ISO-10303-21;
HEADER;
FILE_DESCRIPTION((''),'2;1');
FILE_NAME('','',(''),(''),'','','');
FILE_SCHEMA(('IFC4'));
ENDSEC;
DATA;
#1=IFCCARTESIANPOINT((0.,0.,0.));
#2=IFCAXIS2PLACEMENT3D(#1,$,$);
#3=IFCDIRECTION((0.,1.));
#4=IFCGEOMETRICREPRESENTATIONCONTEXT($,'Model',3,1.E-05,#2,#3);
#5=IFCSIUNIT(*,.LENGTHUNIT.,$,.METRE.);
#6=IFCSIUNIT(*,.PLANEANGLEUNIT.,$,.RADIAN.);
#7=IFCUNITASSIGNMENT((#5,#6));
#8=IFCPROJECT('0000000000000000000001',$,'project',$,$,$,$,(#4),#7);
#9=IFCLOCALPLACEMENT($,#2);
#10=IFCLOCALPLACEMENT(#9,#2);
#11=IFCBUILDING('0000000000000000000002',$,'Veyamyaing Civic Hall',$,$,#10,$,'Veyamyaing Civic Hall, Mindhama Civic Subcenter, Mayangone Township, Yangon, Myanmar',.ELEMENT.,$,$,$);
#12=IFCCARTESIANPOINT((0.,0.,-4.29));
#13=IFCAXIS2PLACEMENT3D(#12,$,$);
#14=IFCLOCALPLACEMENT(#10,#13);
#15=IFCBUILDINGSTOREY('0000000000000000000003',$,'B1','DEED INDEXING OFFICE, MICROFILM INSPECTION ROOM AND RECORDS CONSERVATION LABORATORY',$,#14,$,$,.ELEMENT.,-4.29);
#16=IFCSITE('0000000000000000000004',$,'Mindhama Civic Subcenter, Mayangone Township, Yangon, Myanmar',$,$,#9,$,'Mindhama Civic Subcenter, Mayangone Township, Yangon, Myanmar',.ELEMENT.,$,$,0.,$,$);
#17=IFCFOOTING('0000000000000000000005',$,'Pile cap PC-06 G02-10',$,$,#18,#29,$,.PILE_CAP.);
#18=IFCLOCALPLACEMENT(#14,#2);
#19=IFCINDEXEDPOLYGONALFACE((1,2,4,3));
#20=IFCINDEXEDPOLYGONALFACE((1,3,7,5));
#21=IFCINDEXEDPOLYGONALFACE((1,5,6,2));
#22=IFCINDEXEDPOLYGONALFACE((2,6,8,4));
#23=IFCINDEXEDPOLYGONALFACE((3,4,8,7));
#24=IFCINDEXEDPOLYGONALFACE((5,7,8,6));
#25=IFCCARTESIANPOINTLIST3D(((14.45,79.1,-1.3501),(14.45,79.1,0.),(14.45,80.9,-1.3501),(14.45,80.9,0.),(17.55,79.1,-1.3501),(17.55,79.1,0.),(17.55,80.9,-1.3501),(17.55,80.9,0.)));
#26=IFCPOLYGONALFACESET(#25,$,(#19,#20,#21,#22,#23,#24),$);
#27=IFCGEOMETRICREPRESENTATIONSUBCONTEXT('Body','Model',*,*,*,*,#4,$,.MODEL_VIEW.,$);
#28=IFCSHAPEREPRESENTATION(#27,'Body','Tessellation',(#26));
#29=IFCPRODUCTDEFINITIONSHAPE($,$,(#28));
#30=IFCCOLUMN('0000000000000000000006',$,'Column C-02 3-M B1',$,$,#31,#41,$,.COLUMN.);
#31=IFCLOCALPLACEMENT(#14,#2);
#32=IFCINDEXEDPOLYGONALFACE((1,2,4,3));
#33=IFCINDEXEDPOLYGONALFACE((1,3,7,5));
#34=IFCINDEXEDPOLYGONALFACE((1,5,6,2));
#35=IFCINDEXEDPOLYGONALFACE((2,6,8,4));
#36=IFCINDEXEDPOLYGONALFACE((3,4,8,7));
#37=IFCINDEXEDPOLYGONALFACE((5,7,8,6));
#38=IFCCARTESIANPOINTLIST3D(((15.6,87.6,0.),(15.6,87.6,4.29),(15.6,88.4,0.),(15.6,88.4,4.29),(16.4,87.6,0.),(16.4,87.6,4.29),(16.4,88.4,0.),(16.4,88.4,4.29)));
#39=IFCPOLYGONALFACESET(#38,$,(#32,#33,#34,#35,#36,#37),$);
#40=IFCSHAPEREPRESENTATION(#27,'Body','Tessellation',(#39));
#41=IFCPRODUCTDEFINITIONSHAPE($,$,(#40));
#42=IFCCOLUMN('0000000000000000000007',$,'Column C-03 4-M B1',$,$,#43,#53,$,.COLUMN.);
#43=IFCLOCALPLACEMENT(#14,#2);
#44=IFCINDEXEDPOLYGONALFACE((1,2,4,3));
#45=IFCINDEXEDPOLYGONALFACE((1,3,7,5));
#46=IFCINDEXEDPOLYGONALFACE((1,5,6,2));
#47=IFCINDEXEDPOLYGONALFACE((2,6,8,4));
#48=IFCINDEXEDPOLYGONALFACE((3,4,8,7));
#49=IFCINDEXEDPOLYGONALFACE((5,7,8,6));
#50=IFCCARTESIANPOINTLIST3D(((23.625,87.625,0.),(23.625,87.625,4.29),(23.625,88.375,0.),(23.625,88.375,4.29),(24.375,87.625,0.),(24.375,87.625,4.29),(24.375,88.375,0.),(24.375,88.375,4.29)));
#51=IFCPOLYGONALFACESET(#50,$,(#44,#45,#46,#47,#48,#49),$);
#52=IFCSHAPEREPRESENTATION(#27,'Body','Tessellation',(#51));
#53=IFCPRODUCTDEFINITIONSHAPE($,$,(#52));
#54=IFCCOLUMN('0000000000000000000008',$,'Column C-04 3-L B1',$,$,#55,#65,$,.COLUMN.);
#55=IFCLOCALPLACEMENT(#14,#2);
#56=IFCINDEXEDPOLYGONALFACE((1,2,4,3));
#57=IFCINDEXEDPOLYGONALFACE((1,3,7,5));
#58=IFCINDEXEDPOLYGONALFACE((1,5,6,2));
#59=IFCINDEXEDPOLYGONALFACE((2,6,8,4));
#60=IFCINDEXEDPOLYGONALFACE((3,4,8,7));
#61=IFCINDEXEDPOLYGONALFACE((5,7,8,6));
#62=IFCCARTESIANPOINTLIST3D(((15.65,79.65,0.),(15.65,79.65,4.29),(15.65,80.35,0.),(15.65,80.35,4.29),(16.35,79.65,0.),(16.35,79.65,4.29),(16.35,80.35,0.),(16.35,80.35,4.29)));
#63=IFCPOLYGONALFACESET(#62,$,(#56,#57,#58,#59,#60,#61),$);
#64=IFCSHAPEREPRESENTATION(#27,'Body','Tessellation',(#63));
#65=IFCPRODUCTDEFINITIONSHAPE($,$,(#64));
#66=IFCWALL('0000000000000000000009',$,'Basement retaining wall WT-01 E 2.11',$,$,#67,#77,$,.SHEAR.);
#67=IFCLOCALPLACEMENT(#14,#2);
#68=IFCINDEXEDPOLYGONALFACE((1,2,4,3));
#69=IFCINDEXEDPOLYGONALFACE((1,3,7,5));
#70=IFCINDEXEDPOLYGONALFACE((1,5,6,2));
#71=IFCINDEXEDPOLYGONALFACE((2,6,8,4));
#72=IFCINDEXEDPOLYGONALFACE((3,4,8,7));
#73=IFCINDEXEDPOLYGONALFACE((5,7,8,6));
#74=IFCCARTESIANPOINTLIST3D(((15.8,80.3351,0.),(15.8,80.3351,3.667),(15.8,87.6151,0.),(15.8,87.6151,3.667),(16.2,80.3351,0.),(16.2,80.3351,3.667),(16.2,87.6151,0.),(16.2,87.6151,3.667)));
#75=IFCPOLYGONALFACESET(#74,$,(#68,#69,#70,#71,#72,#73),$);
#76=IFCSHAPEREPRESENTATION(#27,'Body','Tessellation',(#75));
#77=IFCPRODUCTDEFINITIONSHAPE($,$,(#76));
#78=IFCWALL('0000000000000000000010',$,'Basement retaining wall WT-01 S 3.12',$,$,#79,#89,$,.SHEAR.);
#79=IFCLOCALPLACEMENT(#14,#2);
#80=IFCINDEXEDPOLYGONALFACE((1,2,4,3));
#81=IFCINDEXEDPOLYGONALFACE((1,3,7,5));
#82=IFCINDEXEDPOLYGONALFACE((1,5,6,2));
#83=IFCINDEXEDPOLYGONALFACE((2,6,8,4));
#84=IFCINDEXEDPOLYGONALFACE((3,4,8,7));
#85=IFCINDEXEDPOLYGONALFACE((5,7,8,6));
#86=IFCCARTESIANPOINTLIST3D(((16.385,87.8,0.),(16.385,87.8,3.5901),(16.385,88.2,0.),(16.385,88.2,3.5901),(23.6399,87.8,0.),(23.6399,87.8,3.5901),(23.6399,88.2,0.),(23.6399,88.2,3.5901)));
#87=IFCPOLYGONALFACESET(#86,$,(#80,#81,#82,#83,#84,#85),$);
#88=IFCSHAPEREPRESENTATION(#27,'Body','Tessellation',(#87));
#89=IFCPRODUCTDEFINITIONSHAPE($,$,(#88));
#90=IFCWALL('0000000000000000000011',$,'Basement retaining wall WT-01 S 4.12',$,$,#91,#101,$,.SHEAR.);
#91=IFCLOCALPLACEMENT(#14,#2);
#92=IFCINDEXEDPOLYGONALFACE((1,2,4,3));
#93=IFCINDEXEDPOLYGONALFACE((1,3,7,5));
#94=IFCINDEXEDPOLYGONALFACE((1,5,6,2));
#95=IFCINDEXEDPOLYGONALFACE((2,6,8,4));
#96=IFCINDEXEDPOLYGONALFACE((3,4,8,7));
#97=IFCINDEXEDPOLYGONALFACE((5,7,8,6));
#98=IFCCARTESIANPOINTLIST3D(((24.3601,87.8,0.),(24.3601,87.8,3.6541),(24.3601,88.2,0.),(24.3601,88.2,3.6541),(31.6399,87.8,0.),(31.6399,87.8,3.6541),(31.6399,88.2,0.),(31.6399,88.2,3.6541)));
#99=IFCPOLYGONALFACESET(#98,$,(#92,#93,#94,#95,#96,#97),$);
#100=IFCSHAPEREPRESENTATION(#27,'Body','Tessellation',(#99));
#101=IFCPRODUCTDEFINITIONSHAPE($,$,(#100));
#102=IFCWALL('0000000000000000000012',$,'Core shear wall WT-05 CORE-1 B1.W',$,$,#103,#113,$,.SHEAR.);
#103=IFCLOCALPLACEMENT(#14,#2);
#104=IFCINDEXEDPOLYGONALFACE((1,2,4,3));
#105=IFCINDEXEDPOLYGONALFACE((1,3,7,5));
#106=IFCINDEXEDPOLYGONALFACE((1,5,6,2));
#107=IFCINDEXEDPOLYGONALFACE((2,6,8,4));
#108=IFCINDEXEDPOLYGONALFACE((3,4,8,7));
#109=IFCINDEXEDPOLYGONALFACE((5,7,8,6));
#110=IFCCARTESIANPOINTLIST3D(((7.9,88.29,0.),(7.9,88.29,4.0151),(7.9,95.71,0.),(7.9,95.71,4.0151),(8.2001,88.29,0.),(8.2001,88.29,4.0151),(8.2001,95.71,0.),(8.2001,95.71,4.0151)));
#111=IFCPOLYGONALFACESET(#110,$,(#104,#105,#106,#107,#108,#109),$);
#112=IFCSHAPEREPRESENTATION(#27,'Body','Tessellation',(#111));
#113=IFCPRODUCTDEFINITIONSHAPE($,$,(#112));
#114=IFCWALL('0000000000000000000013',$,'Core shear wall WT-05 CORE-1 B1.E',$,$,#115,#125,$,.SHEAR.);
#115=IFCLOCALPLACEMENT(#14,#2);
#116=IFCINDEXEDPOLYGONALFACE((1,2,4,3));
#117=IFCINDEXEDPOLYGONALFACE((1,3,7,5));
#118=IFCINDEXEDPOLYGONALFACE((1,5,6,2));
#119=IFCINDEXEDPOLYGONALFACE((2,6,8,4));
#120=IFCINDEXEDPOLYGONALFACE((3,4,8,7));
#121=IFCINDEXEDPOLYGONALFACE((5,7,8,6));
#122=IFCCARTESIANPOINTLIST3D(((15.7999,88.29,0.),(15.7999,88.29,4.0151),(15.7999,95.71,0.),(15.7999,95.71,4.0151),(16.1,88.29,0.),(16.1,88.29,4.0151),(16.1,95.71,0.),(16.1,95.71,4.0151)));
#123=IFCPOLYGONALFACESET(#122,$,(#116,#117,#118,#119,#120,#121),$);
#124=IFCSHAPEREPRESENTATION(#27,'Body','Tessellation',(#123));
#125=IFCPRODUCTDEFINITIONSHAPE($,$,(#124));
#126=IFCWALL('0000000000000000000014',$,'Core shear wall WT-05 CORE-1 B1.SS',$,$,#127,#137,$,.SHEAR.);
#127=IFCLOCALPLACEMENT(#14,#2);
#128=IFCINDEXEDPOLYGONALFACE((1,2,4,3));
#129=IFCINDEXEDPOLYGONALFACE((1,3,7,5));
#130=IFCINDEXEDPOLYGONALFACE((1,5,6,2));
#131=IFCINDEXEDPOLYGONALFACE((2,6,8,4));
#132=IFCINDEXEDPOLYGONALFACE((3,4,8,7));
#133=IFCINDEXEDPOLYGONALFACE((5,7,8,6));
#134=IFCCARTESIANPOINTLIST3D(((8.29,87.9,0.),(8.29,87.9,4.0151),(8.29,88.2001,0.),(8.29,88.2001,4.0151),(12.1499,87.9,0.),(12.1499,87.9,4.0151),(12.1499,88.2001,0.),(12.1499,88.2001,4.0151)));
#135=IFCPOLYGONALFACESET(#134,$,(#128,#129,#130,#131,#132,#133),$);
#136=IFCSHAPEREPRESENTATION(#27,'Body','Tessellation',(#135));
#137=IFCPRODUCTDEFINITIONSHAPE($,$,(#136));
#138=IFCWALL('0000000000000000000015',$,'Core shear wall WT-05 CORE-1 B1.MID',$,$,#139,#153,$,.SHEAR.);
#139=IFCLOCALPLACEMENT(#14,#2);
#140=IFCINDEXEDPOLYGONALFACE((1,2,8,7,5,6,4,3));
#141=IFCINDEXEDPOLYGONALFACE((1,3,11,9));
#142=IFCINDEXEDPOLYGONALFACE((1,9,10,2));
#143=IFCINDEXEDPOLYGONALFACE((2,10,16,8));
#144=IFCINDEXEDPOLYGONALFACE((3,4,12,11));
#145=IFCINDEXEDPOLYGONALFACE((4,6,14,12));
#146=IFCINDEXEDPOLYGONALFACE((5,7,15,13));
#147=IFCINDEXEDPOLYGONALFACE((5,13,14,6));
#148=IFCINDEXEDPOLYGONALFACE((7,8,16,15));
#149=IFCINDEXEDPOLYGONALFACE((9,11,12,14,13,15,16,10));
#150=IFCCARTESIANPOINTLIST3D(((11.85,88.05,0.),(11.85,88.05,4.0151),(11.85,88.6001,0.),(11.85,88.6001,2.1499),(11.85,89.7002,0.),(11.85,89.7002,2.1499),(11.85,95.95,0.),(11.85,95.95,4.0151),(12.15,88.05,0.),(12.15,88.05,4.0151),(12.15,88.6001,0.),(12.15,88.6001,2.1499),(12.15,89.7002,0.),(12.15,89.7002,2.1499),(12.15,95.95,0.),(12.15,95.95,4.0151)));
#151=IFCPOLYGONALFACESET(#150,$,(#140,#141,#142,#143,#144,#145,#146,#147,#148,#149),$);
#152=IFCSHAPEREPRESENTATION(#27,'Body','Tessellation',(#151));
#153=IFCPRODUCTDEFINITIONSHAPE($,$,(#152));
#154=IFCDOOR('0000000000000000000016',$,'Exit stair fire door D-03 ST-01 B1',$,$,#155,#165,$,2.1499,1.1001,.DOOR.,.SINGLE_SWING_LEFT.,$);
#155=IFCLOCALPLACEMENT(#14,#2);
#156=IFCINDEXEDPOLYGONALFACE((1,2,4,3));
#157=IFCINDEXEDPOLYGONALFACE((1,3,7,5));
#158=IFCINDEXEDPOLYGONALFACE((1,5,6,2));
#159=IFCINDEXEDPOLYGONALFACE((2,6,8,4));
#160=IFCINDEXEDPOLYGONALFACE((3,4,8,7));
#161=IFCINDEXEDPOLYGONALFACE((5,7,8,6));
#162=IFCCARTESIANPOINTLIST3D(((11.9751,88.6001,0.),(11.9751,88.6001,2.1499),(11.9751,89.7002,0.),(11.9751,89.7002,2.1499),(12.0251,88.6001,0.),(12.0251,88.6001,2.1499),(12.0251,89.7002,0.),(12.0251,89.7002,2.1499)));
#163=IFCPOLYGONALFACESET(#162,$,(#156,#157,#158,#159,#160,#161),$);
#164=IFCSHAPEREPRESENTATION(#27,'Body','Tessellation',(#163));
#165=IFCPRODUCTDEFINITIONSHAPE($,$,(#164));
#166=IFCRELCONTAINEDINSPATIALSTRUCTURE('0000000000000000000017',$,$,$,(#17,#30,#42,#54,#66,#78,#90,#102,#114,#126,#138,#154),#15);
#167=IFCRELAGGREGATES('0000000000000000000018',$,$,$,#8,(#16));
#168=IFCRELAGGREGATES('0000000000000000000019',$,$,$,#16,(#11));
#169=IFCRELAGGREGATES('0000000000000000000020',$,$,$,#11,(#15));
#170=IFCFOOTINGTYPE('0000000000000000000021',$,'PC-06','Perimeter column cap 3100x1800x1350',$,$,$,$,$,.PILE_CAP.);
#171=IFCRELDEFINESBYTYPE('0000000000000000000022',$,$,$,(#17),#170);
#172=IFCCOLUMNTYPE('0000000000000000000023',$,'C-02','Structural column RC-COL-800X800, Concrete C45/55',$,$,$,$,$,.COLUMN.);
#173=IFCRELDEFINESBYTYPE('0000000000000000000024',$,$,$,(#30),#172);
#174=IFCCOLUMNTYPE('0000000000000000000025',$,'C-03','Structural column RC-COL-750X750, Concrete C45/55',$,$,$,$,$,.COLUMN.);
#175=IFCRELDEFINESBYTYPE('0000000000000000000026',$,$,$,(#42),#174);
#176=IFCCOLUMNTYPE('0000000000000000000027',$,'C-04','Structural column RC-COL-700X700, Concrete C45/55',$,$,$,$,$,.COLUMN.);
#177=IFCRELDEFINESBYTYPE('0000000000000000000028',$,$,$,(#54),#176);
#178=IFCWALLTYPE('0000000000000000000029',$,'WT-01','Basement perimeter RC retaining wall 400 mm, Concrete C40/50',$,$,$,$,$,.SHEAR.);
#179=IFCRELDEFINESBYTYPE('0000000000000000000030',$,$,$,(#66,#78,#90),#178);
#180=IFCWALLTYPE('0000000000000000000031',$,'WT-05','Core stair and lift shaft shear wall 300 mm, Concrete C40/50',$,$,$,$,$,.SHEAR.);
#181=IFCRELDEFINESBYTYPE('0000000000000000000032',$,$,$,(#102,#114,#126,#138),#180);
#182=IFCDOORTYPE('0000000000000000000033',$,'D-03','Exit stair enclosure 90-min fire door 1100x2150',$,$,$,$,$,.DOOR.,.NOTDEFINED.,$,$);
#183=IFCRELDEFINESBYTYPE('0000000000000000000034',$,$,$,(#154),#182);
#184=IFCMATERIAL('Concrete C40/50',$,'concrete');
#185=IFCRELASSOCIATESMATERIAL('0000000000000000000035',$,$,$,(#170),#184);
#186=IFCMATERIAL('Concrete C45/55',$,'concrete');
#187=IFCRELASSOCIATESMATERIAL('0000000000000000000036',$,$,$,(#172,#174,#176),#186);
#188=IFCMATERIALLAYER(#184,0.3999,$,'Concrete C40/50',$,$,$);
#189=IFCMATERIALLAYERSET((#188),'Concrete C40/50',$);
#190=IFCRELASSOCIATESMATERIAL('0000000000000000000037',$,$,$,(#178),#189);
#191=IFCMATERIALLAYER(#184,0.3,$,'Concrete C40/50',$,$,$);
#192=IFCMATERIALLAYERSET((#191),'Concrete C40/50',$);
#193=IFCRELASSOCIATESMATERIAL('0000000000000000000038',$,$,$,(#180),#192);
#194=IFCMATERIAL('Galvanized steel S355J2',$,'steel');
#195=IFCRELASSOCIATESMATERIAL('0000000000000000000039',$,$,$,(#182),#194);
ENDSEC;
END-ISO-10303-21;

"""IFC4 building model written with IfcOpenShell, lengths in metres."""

from ifc_helpers import new_model, si_unit, direction, frame, frame_2d, origin, origin_2d, place, context, subcontext, project, spatial, rectangle, extrude, material, layer, layer_set, material_profile, profile_set, type_object, element, fill, save


model = new_model("IFC4")

# Units and contexts
model_context = context("Model", 3, precision=1e-05, world=origin(), true_north=direction((0.0, 1.0)))
body_context = subcontext(model_context, "Body", "Model", "MODEL_VIEW")
ifc_project = project(units=[si_unit("LENGTHUNIT", "METRE"), si_unit("PLANEANGLEUNIT", "RADIAN")], contexts=[model_context])

# Site, building, storey
site_placement = place(None, origin())
site = spatial("IfcSite", under=ifc_project, at=site_placement, Name="Mindhama Civic Subcenter, Mayangone Township, Yangon, Myanmar", LongName="Mindhama Civic Subcenter, Mayangone Township, Yangon, Myanmar", CompositionType="ELEMENT", RefElevation=0.0)
building_placement = place(site_placement, origin())
building = spatial("IfcBuilding", under=site, at=building_placement, Name="Veyamyaing Civic Hall", LongName="Veyamyaing Civic Hall, Mindhama Civic Subcenter, Mayangone Township, Yangon, Myanmar", CompositionType="ELEMENT")
storey_placement = place(building_placement, frame((0.0, 0.0, -4.29)))
storey = spatial("IfcBuildingStorey", under=building, at=storey_placement, Name="B1", Description="DEED INDEXING OFFICE, MICROFILM INSPECTION ROOM AND RECORDS CONSERVATION LABORATORY", CompositionType="ELEMENT", Elevation=-4.29)

# Shared definitions
ifc_material_1 = material(Name="Concrete C40/50", Category="concrete")

# Footing
footing_type_1 = type_object("IfcFootingType", Name="PC-06", Description="Perimeter column cap 3100x1800x1350", PredefinedType="PILE_CAP", material=ifc_material_1)
footing_1_placement = place(storey_placement, frame((16.0, 80.0, -1.3501), z_axis=(0.0, 0.0, 1.0), x_axis=(1.0, 0.0, 0.0)))
element("IfcFooting", 1, at=footing_1_placement, inside=storey, type_object=footing_type_1, Name="Pile cap PC-06 G02-10", PredefinedType="PILE_CAP", context=body_context, shape_type="SweptSolid", body=[
    extrude(rectangle(XDim=3.1001, YDim=1.8, at=origin_2d()), origin(), (0.0, 0.0, 1.0), 1.3501),
])

# Columns
ifc_material_2 = material(Name="Concrete C45/55", Category="concrete")
ifc_material_profile_1 = material_profile(ifc_material_2, rectangle(XDim=0.8, YDim=0.8, at=origin_2d()), Name="RC-COL-800X800")
ifc_profile_set_1 = profile_set([ifc_material_profile_1], Name="Concrete C45/55")
column_type_1 = type_object("IfcColumnType", Name="C-02", Description="Structural column RC-COL-800X800, Concrete C45/55", PredefinedType="COLUMN", material=ifc_profile_set_1)
column_1_placement = place(storey_placement, frame((16.0, 88.0, 0.0), z_axis=(0.0, 0.0, 1.0), x_axis=(1.0, 0.0, 0.0)))
element("IfcColumn", 2, at=column_1_placement, inside=storey, type_object=column_type_1, Name="Column C-02 3-M B1", PredefinedType="COLUMN", context=body_context, shape_type="SweptSolid", body=[
    extrude(rectangle(XDim=0.8, YDim=0.8, at=origin_2d()), origin(), (0.0, 0.0, 1.0), 4.29),
])
ifc_material_profile_2 = material_profile(ifc_material_2, rectangle(XDim=0.75, YDim=0.75, at=origin_2d()), Name="RC-COL-750X750")
ifc_profile_set_2 = profile_set([ifc_material_profile_2], Name="Concrete C45/55")
column_type_2 = type_object("IfcColumnType", Name="C-03", Description="Structural column RC-COL-750X750, Concrete C45/55", PredefinedType="COLUMN", material=ifc_profile_set_2)
column_2_placement = place(storey_placement, frame((24.0, 88.0, 0.0), z_axis=(0.0, 0.0, 1.0), x_axis=(1.0, 0.0, 0.0)))
element("IfcColumn", 3, at=column_2_placement, inside=storey, type_object=column_type_2, Name="Column C-03 4-M B1", PredefinedType="COLUMN", context=body_context, shape_type="SweptSolid", body=[
    extrude(rectangle(XDim=0.75, YDim=0.75, at=origin_2d()), origin(), (0.0, 0.0, 1.0), 4.29),
])
ifc_material_profile_3 = material_profile(ifc_material_2, rectangle(XDim=0.7, YDim=0.7, at=origin_2d()), Name="RC-COL-700X700")
ifc_profile_set_3 = profile_set([ifc_material_profile_3], Name="Concrete C45/55")
column_type_3 = type_object("IfcColumnType", Name="C-04", Description="Structural column RC-COL-700X700, Concrete C45/55", PredefinedType="COLUMN", material=ifc_profile_set_3)
column_3_placement = place(storey_placement, frame((16.0, 80.0, 0.0), z_axis=(0.0, 0.0, 1.0), x_axis=(1.0, 0.0, 0.0)))
element("IfcColumn", 4, at=column_3_placement, inside=storey, type_object=column_type_3, Name="Column C-04 3-L B1", PredefinedType="COLUMN", context=body_context, shape_type="SweptSolid", body=[
    extrude(rectangle(XDim=0.7, YDim=0.7, at=origin_2d()), origin(), (0.0, 0.0, 1.0), 4.29),
])

# Walls
ifc_layer_1 = layer(ifc_material_1, 0.3999, Name="Concrete C40/50")
ifc_layer_set_1 = layer_set([ifc_layer_1], Name="Concrete C40/50")
wall_type_1 = type_object("IfcWallType", Name="WT-01", Description="Basement perimeter RC retaining wall 400 mm, Concrete C40/50", PredefinedType="SHEAR", material=ifc_layer_set_1)
wall_1_placement = place(storey_placement, frame((16.0, 80.335, 0.0), z_axis=(0.0, 0.0, 1.0), x_axis=(0.0, 1.0, 0.0)))
element("IfcWall", 5, at=wall_1_placement, inside=storey, type_object=wall_type_1, Name="Basement retaining wall WT-01 E 2.11", PredefinedType="SHEAR", context=body_context, shape_type="SweptSolid", body=[
    extrude(rectangle(XDim=7.28, YDim=0.3999, at=frame_2d((3.6401, 0.0))), origin(), (0.0, 0.0, 1.0), 3.667),
])
wall_2_placement = place(storey_placement, frame((16.385, 88.0, 0.0), z_axis=(0.0, 0.0, 1.0), x_axis=(1.0, 0.0, 0.0)))
element("IfcWall", 6, at=wall_2_placement, inside=storey, type_object=wall_type_1, Name="Basement retaining wall WT-01 S 3.12", PredefinedType="SHEAR", context=body_context, shape_type="SweptSolid", body=[
    extrude(rectangle(XDim=7.2549, YDim=0.3999, at=frame_2d((3.6274, 0.0))), origin(), (0.0, 0.0, 1.0), 3.5901),
])
wall_3_placement = place(storey_placement, frame((24.3601, 88.0, 0.0), z_axis=(0.0, 0.0, 1.0), x_axis=(1.0, 0.0, 0.0)))
element("IfcWall", 7, at=wall_3_placement, inside=storey, type_object=wall_type_1, Name="Basement retaining wall WT-01 S 4.12", PredefinedType="SHEAR", context=body_context, shape_type="SweptSolid", body=[
    extrude(rectangle(XDim=7.2798, YDim=0.3999, at=frame_2d((3.6399, 0.0))), origin(), (0.0, 0.0, 1.0), 3.6541),
])
ifc_layer_2 = layer(ifc_material_1, 0.3, Name="Concrete C40/50")
ifc_layer_set_2 = layer_set([ifc_layer_2], Name="Concrete C40/50")
wall_type_2 = type_object("IfcWallType", Name="WT-05", Description="Core stair and lift shaft shear wall 300 mm, Concrete C40/50", PredefinedType="SHEAR", material=ifc_layer_set_2)
for number, where, z_axis, x_axis, name in (
    (8, (8.05, 88.29, 0.0), (0.0, 0.0, 1.0), (0.0, 1.0, 0.0), "Core shear wall WT-05 CORE-1 B1.W"),
    (9, (15.95, 88.29, 0.0), (0.0, 0.0, 1.0), (0.0, 1.0, 0.0), "Core shear wall WT-05 CORE-1 B1.E"),
):
    element("IfcWall", number, at=place(storey_placement, frame(where, z_axis=z_axis, x_axis=x_axis)), inside=storey, type_object=wall_type_2, Name=name, PredefinedType="SHEAR", context=body_context, shape_type="SweptSolid", body=[
        extrude(rectangle(XDim=7.4199, YDim=0.3, at=frame_2d((3.71, 0.0))), origin(), (0.0, 0.0, 1.0), 4.0151),
    ])
wall_4_placement = place(storey_placement, frame((8.29, 88.05, 0.0), z_axis=(0.0, 0.0, 1.0), x_axis=(1.0, 0.0, 0.0)))
element("IfcWall", 10, at=wall_4_placement, inside=storey, type_object=wall_type_2, Name="Core shear wall WT-05 CORE-1 B1.SS", PredefinedType="SHEAR", context=body_context, shape_type="SweptSolid", body=[
    extrude(rectangle(XDim=3.8599, YDim=0.3, at=frame_2d((1.9299, 0.0))), origin(), (0.0, 0.0, 1.0), 4.0151),
])

# Wall, opening, door
wall_5_placement = place(storey_placement, frame((12.0, 88.05, 0.0), z_axis=(0.0, 0.0, 1.0), x_axis=(0.0, 1.0, 0.0)))
wall_5 = element("IfcWall", 11, at=wall_5_placement, inside=storey, type_object=wall_type_2, Name="Core shear wall WT-05 CORE-1 B1.MID", PredefinedType="SHEAR", context=body_context, shape_type="SweptSolid", body=[
    extrude(rectangle(XDim=7.8999, YDim=0.3, at=frame_2d((3.95, 0.0))), origin(), (0.0, 0.0, 1.0), 4.0151),
])
opening_1_placement = place(wall_5_placement, frame((0.55, 0.0, 0.0)))
opening_1 = element("IfcOpeningElement", 12, at=opening_1_placement, cuts=wall_5, PredefinedType="OPENING", context=body_context, shape_type="SweptSolid", body=[
    extrude(rectangle(XDim=1.1001, YDim=2.1499, at=frame_2d((0.55, 1.075))), frame((0.0, 0.1599, 0.0), z_axis=(0.0, -1.0, 0.0), x_axis=(1.0, 0.0, 0.0)), (0.0, 0.0, 1.0), 0.3201),
])
ifc_material_3 = material(Name="Galvanized steel S355J2", Category="steel")
door_type_1 = type_object("IfcDoorType", Name="D-03", Description="Exit stair enclosure 90-min fire door 1100x2150", OperationType="NOTDEFINED", PredefinedType="DOOR", material=ifc_material_3)
door_1_placement = place(opening_1_placement, origin())
door_1 = element("IfcDoor", 13, at=door_1_placement, inside=storey, type_object=door_type_1, Name="Exit stair fire door D-03 ST-01 B1", OperationType="SINGLE_SWING_LEFT", OverallHeight=2.1499, OverallWidth=1.1001, PredefinedType="DOOR", context=body_context, shape_type="SweptSolid", body=[
    extrude(rectangle(XDim=1.1001, YDim=2.1499, at=frame_2d((0.55, 1.075))), frame((0.0, 0.0249, 0.0), z_axis=(0.0, -1.0, 0.0), x_axis=(1.0, 0.0, 0.0)), (0.0, 0.0, 1.0), 0.05),
])
fill(opening_1, door_1)

save(model, "model.ifc")
